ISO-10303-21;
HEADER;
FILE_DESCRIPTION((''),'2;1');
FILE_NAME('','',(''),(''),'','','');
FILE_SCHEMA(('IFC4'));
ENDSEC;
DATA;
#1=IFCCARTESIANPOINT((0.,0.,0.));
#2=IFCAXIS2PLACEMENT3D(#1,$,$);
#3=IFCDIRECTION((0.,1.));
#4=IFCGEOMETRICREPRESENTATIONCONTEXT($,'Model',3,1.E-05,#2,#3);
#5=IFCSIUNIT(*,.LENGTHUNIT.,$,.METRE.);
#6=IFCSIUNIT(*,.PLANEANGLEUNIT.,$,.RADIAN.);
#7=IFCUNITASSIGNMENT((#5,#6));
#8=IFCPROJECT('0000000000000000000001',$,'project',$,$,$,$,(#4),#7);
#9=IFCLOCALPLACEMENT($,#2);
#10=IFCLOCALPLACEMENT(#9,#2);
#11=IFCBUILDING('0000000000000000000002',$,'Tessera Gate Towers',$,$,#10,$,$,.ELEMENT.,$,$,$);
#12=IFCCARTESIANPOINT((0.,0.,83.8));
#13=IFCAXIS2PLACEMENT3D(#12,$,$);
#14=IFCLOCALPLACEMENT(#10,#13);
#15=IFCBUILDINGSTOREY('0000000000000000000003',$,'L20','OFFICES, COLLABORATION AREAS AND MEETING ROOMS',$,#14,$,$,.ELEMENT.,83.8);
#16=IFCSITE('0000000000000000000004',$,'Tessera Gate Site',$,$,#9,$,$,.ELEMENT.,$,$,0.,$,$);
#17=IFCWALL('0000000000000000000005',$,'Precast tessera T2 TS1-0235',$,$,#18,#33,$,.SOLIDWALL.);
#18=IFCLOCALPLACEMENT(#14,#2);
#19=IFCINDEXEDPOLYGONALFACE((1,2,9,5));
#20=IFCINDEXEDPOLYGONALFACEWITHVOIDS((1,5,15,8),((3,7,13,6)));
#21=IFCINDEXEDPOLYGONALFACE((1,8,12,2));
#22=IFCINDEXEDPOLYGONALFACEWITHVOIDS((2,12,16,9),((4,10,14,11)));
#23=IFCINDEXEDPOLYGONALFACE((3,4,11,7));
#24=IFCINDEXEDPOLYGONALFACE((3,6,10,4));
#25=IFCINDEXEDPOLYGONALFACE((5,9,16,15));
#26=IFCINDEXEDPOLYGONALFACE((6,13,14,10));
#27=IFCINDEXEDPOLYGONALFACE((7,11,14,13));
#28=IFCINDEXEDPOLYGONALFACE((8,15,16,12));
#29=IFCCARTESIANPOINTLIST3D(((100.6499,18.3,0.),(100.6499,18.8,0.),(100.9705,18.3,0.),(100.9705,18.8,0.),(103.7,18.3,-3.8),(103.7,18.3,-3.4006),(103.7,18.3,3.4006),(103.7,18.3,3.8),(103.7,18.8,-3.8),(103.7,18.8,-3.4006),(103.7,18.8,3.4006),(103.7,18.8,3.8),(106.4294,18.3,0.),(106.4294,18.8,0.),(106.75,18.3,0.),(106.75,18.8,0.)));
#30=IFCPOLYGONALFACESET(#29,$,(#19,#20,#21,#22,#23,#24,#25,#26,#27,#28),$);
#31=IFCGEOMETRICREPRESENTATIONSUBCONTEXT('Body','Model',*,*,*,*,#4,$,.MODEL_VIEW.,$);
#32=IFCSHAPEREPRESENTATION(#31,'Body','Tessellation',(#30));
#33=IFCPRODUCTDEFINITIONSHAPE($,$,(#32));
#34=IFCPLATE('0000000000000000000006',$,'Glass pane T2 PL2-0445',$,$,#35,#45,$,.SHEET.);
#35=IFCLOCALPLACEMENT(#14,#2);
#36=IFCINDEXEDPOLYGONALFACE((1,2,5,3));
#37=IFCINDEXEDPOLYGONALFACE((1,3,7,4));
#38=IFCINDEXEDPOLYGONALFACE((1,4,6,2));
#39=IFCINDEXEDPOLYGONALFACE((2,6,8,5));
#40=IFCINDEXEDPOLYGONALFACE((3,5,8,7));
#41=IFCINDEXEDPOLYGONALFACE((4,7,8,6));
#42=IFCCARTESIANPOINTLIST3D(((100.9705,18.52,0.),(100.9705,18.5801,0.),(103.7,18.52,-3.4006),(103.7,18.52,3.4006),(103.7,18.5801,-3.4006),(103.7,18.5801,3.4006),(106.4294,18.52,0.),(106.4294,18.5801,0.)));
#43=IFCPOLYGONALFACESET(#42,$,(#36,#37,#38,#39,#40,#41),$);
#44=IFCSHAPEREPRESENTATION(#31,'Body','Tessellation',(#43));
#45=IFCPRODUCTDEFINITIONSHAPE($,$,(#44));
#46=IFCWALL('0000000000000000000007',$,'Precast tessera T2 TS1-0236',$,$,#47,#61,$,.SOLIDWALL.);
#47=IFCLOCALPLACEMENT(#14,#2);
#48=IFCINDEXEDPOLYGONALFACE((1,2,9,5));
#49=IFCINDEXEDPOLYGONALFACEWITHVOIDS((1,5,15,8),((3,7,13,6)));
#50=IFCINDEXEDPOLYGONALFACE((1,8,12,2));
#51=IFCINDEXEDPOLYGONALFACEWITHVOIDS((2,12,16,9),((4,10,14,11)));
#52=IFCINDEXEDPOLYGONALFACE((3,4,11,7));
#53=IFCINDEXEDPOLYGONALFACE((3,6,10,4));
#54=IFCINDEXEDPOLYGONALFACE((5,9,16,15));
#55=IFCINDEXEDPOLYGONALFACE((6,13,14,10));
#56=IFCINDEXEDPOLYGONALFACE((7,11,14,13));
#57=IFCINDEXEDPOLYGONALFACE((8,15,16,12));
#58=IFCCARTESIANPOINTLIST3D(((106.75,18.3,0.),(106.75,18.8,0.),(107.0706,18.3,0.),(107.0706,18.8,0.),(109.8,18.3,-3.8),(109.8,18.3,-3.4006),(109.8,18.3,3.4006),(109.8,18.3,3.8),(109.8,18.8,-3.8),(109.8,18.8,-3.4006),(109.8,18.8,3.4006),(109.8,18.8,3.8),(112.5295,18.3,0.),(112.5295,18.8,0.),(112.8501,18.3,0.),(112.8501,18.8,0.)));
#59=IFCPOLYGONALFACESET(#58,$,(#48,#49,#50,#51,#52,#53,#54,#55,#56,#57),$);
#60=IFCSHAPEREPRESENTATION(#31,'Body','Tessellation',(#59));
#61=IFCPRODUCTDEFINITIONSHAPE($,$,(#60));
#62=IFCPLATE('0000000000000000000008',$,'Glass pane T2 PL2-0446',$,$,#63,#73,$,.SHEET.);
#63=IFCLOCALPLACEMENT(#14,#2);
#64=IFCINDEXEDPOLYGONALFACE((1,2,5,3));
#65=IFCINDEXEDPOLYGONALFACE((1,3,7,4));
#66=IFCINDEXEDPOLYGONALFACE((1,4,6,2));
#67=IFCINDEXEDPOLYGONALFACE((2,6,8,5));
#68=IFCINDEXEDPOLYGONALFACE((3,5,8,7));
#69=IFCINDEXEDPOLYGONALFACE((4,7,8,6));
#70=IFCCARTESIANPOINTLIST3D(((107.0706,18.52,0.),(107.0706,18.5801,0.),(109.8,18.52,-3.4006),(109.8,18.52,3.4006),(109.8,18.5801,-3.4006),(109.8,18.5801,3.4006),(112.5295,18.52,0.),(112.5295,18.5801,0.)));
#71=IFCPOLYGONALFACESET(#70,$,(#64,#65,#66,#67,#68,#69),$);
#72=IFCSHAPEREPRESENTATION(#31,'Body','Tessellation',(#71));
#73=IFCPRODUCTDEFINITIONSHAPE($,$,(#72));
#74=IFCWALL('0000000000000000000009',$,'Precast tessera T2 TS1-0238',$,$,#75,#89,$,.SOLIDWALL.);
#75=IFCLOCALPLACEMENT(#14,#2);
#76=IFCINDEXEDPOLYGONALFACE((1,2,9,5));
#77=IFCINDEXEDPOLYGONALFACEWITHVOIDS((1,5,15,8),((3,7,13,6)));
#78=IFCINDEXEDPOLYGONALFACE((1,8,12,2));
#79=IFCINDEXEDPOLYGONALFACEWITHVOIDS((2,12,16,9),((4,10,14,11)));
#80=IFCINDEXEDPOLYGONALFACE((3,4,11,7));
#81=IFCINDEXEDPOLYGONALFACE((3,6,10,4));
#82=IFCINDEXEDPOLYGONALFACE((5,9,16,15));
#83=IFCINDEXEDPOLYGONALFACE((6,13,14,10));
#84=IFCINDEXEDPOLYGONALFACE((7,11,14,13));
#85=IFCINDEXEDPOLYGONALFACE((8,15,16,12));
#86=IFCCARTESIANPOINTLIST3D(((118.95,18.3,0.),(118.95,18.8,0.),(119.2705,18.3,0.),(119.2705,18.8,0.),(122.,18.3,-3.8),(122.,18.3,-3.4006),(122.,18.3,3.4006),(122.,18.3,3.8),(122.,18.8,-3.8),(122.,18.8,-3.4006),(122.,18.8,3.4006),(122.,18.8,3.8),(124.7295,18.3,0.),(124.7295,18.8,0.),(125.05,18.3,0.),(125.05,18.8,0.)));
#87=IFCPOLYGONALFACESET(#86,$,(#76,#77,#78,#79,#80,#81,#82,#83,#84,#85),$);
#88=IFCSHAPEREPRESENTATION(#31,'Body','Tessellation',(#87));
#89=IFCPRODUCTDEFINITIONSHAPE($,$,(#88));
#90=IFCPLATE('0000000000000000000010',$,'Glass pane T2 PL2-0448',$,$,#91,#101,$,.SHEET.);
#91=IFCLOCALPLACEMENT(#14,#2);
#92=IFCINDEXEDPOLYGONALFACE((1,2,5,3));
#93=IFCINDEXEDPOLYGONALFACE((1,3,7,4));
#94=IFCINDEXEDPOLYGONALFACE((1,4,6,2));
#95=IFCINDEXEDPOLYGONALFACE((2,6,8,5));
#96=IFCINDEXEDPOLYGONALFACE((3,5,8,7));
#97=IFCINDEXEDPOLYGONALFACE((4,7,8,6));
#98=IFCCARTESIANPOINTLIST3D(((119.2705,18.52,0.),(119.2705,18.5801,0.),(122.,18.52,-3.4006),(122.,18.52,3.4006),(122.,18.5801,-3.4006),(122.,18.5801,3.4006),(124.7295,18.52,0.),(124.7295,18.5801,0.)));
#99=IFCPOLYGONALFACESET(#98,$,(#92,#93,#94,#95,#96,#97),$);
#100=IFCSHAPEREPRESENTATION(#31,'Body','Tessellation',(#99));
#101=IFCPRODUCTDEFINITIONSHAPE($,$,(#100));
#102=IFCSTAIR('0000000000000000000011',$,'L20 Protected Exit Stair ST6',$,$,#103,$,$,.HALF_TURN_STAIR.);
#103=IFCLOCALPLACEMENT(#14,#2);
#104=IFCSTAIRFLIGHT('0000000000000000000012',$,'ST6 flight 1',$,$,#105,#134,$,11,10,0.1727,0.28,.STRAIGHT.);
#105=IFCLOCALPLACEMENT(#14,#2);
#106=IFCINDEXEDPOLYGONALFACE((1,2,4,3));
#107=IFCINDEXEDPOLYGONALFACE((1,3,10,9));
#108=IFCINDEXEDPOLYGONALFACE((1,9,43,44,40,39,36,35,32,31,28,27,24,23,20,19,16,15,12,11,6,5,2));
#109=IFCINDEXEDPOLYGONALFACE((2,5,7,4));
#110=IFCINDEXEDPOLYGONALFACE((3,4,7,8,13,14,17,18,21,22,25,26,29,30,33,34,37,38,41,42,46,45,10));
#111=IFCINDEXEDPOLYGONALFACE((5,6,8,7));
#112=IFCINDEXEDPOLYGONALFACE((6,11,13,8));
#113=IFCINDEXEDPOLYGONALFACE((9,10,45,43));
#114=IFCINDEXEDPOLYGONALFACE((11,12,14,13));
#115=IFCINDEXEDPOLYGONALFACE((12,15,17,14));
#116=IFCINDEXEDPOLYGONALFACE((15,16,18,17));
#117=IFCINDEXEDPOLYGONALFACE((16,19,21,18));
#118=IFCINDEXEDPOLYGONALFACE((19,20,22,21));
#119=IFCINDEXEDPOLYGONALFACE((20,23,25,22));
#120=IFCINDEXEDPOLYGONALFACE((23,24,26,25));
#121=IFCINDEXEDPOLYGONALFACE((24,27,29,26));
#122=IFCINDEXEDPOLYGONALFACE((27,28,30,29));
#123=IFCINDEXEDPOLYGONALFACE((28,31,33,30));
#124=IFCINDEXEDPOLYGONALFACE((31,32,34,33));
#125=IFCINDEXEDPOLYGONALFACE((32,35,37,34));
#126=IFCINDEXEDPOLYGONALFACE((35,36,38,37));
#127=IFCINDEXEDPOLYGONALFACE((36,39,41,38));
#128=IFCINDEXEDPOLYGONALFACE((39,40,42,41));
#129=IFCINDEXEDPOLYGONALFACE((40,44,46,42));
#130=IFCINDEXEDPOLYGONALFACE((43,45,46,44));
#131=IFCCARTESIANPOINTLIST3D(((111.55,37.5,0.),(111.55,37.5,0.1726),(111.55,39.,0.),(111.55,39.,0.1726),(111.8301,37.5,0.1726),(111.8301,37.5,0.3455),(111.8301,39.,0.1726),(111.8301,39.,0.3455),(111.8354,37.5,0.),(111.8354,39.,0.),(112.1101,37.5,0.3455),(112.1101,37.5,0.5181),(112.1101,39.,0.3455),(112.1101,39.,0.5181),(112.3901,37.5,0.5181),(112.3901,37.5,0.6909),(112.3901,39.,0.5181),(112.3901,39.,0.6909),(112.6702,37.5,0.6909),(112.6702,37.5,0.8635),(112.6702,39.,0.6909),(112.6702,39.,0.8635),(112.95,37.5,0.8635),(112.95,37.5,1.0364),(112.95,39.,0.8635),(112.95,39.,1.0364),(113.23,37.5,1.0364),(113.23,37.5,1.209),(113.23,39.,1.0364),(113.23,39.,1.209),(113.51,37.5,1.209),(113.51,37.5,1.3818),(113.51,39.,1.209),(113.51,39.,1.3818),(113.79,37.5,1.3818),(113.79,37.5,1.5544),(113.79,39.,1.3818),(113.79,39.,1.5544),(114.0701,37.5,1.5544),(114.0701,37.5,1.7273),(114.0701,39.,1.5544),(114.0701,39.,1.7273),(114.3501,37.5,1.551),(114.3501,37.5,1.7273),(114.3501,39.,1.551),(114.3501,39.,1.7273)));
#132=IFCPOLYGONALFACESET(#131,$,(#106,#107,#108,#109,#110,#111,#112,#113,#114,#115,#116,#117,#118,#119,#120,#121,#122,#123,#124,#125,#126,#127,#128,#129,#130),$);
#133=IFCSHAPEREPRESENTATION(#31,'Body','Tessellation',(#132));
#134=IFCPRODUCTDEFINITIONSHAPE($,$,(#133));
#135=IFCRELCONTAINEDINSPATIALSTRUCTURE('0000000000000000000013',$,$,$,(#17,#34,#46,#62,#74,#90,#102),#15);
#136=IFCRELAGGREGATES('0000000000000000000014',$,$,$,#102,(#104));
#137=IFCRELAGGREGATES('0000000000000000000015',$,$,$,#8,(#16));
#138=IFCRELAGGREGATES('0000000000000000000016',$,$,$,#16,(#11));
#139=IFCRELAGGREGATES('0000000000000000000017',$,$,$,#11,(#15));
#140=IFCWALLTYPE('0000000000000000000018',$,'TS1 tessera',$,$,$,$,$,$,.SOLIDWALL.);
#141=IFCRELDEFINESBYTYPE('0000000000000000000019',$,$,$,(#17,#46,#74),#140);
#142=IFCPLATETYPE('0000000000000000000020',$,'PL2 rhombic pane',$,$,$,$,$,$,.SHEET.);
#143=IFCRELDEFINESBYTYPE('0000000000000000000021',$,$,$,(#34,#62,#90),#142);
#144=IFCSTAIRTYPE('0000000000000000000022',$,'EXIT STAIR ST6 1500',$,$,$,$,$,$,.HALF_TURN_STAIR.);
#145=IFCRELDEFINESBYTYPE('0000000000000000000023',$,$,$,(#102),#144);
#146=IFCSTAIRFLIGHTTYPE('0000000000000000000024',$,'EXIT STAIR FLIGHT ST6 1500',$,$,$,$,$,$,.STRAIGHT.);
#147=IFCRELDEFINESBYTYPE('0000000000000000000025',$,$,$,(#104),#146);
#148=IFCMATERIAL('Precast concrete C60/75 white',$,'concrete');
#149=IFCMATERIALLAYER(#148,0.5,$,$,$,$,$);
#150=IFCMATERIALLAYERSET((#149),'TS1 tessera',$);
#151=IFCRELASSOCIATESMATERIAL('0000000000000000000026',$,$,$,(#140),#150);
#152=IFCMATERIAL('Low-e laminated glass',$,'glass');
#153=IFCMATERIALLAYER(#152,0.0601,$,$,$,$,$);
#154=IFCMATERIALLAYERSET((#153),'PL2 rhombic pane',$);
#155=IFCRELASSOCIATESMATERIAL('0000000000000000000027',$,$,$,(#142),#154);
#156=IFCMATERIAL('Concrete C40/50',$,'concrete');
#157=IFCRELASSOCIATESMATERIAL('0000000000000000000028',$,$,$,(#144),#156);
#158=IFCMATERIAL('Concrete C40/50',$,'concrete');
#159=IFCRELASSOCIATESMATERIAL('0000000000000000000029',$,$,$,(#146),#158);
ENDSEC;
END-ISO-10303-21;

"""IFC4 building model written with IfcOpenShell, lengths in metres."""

from ifc_helpers import new_model, si_unit, direction, frame, origin, place, context, subcontext, project, spatial, polyline, outline, extrude, source, transform, mapped, material, layer, layer_set, type_object, element, fill, aggregate, save


model = new_model("IFC4")

# Units and contexts
model_context = context("Model", 3, precision=1e-05, world=origin(), true_north=direction((0.0, 1.0)))
body_context = subcontext(model_context, "Body", "Model", "MODEL_VIEW")
ifc_project = project(units=[si_unit("LENGTHUNIT", "METRE"), si_unit("PLANEANGLEUNIT", "RADIAN")], contexts=[model_context])

# Site, building, storey
site_placement = place(None, origin())
site = spatial("IfcSite", under=ifc_project, at=site_placement, Name="Tessera Gate Site", CompositionType="ELEMENT", RefElevation=0.0)
building_placement = place(site_placement, origin())
building = spatial("IfcBuilding", under=site, at=building_placement, Name="Tessera Gate Towers", CompositionType="ELEMENT")
storey_placement = place(building_placement, frame((0.0, 0.0, 83.8)))
storey = spatial("IfcBuildingStorey", under=building, at=storey_placement, Name="L20", Description="OFFICES, COLLABORATION AREAS AND MEETING ROOMS", CompositionType="ELEMENT", Elevation=83.8)

# Walls, openings, plates
ifc_material_1 = material(Name="Precast concrete C60/75 white", Category="concrete")
ifc_layer_1 = layer(ifc_material_1, 0.5)
ifc_layer_set_1 = layer_set([ifc_layer_1], Name="TS1 tessera")
wall_type_1 = type_object("IfcWallType", Name="TS1 tessera", PredefinedType="SOLIDWALL", material=ifc_layer_set_1)
shared_shape_1 = source(origin(), body_context, "Body", "SweptSolid", [
    extrude(outline(polyline([(3.05, 0.0), (6.1001, 3.8), (3.05, 7.6001), (0.0, 3.8), (3.05, 0.0)])), frame((0.0, 0.25, 0.0), z_axis=(0.0, -1.0, 0.0), x_axis=(1.0, 0.0, 0.0)), (0.0, 0.0, 1.0), 0.5),
])
wall_1_placement = place(storey_placement, frame((100.6499, 18.55, -3.8), z_axis=(0.0, 0.0, 1.0), x_axis=(1.0, 0.0, 0.0)))
wall_1 = element("IfcWall", 1, at=wall_1_placement, inside=storey, type_object=wall_type_1, Name="Precast tessera T2 TS1-0235", PredefinedType="SOLIDWALL", context=body_context, shape_type="MappedRepresentation", body=[
    mapped(shared_shape_1, transform((0.0, 0.0, 0.0), scale=1.0)),
])
shared_shape_2 = source(origin(), body_context, "Body", "SweptSolid", [
    extrude(outline(polyline([(3.05, 0.3994), (5.7795, 3.8), (3.05, 7.2007), (0.3206, 3.8), (3.05, 0.3994)])), frame((0.0, 0.26, 0.0), z_axis=(0.0, -1.0, 0.0), x_axis=(1.0, 0.0, 0.0)), (0.0, 0.0, 1.0), 0.52),
])
opening_1_placement = place(wall_1_placement, origin())
opening_1 = element("IfcOpeningElement", 2, at=opening_1_placement, cuts=wall_1, PredefinedType="OPENING", context=body_context, shape_type="MappedRepresentation", body=[
    mapped(shared_shape_2, transform((0.0, 0.0, 0.0), scale=1.0)),
])
ifc_material_2 = material(Name="Low-e laminated glass", Category="glass")
ifc_layer_2 = layer(ifc_material_2, 0.0601)
ifc_layer_set_2 = layer_set([ifc_layer_2], Name="PL2 rhombic pane")
plate_type = type_object("IfcPlateType", Name="PL2 rhombic pane", PredefinedType="SHEET", material=ifc_layer_set_2)
shared_shape_3 = source(origin(), body_context, "Body", "SweptSolid", [
    extrude(outline(polyline([(3.05, 0.3994), (5.7795, 3.8), (3.05, 7.2007), (0.3206, 3.8), (3.05, 0.3994)])), frame((0.0, 0.03, 0.0), z_axis=(0.0, -1.0, 0.0), x_axis=(1.0, 0.0, 0.0)), (0.0, 0.0, 1.0), 0.0601),
])
plate_1_placement = place(opening_1_placement, origin())
plate_1 = element("IfcPlate", 3, at=plate_1_placement, inside=storey, type_object=plate_type, Name="Glass pane T2 PL2-0445", PredefinedType="SHEET", context=body_context, shape_type="MappedRepresentation", body=[
    mapped(shared_shape_3, transform((0.0, 0.0, 0.0), scale=1.0)),
])
fill(opening_1, plate_1)
wall_2_placement = place(storey_placement, frame((106.75, 18.55, -3.8), z_axis=(0.0, 0.0, 1.0), x_axis=(1.0, 0.0, 0.0)))
wall_2 = element("IfcWall", 4, at=wall_2_placement, inside=storey, type_object=wall_type_1, Name="Precast tessera T2 TS1-0236", PredefinedType="SOLIDWALL", context=body_context, shape_type="MappedRepresentation", body=[
    mapped(shared_shape_1, transform((0.0, 0.0, 0.0), scale=1.0)),
])
opening_2_placement = place(wall_2_placement, origin())
opening_2 = element("IfcOpeningElement", 5, at=opening_2_placement, cuts=wall_2, PredefinedType="OPENING", context=body_context, shape_type="MappedRepresentation", body=[
    mapped(shared_shape_2, transform((0.0, 0.0, 0.0), scale=1.0)),
])
plate_2_placement = place(opening_2_placement, origin())
plate_2 = element("IfcPlate", 6, at=plate_2_placement, inside=storey, type_object=plate_type, Name="Glass pane T2 PL2-0446", PredefinedType="SHEET", context=body_context, shape_type="MappedRepresentation", body=[
    mapped(shared_shape_3, transform((0.0, 0.0, 0.0), scale=1.0)),
])
fill(opening_2, plate_2)
wall_3_placement = place(storey_placement, frame((118.95, 18.55, -3.8), z_axis=(0.0, 0.0, 1.0), x_axis=(1.0, 0.0, 0.0)))
wall_3 = element("IfcWall", 7, at=wall_3_placement, inside=storey, type_object=wall_type_1, Name="Precast tessera T2 TS1-0238", PredefinedType="SOLIDWALL", context=body_context, shape_type="MappedRepresentation", body=[
    mapped(shared_shape_1, transform((0.0, 0.0, 0.0), scale=1.0)),
])
opening_3_placement = place(wall_3_placement, origin())
opening_3 = element("IfcOpeningElement", 8, at=opening_3_placement, cuts=wall_3, PredefinedType="OPENING", context=body_context, shape_type="MappedRepresentation", body=[
    mapped(shared_shape_2, transform((0.0, 0.0, 0.0), scale=1.0)),
])
plate_3_placement = place(opening_3_placement, origin())
plate_3 = element("IfcPlate", 9, at=plate_3_placement, inside=storey, type_object=plate_type, Name="Glass pane T2 PL2-0448", PredefinedType="SHEET", context=body_context, shape_type="MappedRepresentation", body=[
    mapped(shared_shape_3, transform((0.0, 0.0, 0.0), scale=1.0)),
])
fill(opening_3, plate_3)

# Stair, stair flight
ifc_material_3 = material(Name="Concrete C40/50", Category="concrete")
stair_type = type_object("IfcStairType", Name="EXIT STAIR ST6 1500", PredefinedType="HALF_TURN_STAIR", material=ifc_material_3)
stair_placement = place(storey_placement, origin())
stair = element("IfcStair", 10, at=stair_placement, inside=storey, type_object=stair_type, Name="L20 Protected Exit Stair ST6", PredefinedType="HALF_TURN_STAIR")
ifc_material_4 = material(Name="Concrete C40/50", Category="concrete")
stair_flight_type = type_object("IfcStairFlightType", Name="EXIT STAIR FLIGHT ST6 1500", PredefinedType="STRAIGHT", material=ifc_material_4)
stair_flight_placement = place(storey_placement, frame((111.55, 38.25, 0.0), z_axis=(0.0, 0.0, 1.0), x_axis=(1.0, 0.0, 0.0)))
stair_flight = element("IfcStairFlight", 11, at=stair_flight_placement, type_object=stair_flight_type, Name="ST6 flight 1", NumberOfRisers=11, NumberOfTreads=10, PredefinedType="STRAIGHT", RiserHeight=0.1727, TreadLength=0.28, context=body_context, shape_type="SweptSolid", body=[
    extrude(outline(polyline([(0.0, 0.0), (0.0, 0.1726), (0.28, 0.1726), (0.28, 0.3455), (0.5601, 0.3455), (0.5601, 0.5181), (0.8401, 0.5181), (0.8401, 0.6909), (1.1201, 0.6909), (1.1201, 0.8635), (1.3999, 0.8635), (1.3999, 1.0364), (1.6799, 1.0364), (1.6799, 1.209), (1.96, 1.209), (1.96, 1.3818), (2.24, 1.3818), (2.24, 1.5544), (2.52, 1.5544), (2.52, 1.7273), (2.8, 1.7273), (2.8, 1.8999), (2.8, 1.551), (0.2854, 0.0), (0.0, 0.0)])), frame((0.0, 0.75, 0.0), z_axis=(0.0, -1.0, 0.0), x_axis=(1.0, 0.0, 0.0)), (0.0, 0.0, 1.0), 1.5),
])
aggregate(stair, [stair_flight])

save(model, "model.ifc")
